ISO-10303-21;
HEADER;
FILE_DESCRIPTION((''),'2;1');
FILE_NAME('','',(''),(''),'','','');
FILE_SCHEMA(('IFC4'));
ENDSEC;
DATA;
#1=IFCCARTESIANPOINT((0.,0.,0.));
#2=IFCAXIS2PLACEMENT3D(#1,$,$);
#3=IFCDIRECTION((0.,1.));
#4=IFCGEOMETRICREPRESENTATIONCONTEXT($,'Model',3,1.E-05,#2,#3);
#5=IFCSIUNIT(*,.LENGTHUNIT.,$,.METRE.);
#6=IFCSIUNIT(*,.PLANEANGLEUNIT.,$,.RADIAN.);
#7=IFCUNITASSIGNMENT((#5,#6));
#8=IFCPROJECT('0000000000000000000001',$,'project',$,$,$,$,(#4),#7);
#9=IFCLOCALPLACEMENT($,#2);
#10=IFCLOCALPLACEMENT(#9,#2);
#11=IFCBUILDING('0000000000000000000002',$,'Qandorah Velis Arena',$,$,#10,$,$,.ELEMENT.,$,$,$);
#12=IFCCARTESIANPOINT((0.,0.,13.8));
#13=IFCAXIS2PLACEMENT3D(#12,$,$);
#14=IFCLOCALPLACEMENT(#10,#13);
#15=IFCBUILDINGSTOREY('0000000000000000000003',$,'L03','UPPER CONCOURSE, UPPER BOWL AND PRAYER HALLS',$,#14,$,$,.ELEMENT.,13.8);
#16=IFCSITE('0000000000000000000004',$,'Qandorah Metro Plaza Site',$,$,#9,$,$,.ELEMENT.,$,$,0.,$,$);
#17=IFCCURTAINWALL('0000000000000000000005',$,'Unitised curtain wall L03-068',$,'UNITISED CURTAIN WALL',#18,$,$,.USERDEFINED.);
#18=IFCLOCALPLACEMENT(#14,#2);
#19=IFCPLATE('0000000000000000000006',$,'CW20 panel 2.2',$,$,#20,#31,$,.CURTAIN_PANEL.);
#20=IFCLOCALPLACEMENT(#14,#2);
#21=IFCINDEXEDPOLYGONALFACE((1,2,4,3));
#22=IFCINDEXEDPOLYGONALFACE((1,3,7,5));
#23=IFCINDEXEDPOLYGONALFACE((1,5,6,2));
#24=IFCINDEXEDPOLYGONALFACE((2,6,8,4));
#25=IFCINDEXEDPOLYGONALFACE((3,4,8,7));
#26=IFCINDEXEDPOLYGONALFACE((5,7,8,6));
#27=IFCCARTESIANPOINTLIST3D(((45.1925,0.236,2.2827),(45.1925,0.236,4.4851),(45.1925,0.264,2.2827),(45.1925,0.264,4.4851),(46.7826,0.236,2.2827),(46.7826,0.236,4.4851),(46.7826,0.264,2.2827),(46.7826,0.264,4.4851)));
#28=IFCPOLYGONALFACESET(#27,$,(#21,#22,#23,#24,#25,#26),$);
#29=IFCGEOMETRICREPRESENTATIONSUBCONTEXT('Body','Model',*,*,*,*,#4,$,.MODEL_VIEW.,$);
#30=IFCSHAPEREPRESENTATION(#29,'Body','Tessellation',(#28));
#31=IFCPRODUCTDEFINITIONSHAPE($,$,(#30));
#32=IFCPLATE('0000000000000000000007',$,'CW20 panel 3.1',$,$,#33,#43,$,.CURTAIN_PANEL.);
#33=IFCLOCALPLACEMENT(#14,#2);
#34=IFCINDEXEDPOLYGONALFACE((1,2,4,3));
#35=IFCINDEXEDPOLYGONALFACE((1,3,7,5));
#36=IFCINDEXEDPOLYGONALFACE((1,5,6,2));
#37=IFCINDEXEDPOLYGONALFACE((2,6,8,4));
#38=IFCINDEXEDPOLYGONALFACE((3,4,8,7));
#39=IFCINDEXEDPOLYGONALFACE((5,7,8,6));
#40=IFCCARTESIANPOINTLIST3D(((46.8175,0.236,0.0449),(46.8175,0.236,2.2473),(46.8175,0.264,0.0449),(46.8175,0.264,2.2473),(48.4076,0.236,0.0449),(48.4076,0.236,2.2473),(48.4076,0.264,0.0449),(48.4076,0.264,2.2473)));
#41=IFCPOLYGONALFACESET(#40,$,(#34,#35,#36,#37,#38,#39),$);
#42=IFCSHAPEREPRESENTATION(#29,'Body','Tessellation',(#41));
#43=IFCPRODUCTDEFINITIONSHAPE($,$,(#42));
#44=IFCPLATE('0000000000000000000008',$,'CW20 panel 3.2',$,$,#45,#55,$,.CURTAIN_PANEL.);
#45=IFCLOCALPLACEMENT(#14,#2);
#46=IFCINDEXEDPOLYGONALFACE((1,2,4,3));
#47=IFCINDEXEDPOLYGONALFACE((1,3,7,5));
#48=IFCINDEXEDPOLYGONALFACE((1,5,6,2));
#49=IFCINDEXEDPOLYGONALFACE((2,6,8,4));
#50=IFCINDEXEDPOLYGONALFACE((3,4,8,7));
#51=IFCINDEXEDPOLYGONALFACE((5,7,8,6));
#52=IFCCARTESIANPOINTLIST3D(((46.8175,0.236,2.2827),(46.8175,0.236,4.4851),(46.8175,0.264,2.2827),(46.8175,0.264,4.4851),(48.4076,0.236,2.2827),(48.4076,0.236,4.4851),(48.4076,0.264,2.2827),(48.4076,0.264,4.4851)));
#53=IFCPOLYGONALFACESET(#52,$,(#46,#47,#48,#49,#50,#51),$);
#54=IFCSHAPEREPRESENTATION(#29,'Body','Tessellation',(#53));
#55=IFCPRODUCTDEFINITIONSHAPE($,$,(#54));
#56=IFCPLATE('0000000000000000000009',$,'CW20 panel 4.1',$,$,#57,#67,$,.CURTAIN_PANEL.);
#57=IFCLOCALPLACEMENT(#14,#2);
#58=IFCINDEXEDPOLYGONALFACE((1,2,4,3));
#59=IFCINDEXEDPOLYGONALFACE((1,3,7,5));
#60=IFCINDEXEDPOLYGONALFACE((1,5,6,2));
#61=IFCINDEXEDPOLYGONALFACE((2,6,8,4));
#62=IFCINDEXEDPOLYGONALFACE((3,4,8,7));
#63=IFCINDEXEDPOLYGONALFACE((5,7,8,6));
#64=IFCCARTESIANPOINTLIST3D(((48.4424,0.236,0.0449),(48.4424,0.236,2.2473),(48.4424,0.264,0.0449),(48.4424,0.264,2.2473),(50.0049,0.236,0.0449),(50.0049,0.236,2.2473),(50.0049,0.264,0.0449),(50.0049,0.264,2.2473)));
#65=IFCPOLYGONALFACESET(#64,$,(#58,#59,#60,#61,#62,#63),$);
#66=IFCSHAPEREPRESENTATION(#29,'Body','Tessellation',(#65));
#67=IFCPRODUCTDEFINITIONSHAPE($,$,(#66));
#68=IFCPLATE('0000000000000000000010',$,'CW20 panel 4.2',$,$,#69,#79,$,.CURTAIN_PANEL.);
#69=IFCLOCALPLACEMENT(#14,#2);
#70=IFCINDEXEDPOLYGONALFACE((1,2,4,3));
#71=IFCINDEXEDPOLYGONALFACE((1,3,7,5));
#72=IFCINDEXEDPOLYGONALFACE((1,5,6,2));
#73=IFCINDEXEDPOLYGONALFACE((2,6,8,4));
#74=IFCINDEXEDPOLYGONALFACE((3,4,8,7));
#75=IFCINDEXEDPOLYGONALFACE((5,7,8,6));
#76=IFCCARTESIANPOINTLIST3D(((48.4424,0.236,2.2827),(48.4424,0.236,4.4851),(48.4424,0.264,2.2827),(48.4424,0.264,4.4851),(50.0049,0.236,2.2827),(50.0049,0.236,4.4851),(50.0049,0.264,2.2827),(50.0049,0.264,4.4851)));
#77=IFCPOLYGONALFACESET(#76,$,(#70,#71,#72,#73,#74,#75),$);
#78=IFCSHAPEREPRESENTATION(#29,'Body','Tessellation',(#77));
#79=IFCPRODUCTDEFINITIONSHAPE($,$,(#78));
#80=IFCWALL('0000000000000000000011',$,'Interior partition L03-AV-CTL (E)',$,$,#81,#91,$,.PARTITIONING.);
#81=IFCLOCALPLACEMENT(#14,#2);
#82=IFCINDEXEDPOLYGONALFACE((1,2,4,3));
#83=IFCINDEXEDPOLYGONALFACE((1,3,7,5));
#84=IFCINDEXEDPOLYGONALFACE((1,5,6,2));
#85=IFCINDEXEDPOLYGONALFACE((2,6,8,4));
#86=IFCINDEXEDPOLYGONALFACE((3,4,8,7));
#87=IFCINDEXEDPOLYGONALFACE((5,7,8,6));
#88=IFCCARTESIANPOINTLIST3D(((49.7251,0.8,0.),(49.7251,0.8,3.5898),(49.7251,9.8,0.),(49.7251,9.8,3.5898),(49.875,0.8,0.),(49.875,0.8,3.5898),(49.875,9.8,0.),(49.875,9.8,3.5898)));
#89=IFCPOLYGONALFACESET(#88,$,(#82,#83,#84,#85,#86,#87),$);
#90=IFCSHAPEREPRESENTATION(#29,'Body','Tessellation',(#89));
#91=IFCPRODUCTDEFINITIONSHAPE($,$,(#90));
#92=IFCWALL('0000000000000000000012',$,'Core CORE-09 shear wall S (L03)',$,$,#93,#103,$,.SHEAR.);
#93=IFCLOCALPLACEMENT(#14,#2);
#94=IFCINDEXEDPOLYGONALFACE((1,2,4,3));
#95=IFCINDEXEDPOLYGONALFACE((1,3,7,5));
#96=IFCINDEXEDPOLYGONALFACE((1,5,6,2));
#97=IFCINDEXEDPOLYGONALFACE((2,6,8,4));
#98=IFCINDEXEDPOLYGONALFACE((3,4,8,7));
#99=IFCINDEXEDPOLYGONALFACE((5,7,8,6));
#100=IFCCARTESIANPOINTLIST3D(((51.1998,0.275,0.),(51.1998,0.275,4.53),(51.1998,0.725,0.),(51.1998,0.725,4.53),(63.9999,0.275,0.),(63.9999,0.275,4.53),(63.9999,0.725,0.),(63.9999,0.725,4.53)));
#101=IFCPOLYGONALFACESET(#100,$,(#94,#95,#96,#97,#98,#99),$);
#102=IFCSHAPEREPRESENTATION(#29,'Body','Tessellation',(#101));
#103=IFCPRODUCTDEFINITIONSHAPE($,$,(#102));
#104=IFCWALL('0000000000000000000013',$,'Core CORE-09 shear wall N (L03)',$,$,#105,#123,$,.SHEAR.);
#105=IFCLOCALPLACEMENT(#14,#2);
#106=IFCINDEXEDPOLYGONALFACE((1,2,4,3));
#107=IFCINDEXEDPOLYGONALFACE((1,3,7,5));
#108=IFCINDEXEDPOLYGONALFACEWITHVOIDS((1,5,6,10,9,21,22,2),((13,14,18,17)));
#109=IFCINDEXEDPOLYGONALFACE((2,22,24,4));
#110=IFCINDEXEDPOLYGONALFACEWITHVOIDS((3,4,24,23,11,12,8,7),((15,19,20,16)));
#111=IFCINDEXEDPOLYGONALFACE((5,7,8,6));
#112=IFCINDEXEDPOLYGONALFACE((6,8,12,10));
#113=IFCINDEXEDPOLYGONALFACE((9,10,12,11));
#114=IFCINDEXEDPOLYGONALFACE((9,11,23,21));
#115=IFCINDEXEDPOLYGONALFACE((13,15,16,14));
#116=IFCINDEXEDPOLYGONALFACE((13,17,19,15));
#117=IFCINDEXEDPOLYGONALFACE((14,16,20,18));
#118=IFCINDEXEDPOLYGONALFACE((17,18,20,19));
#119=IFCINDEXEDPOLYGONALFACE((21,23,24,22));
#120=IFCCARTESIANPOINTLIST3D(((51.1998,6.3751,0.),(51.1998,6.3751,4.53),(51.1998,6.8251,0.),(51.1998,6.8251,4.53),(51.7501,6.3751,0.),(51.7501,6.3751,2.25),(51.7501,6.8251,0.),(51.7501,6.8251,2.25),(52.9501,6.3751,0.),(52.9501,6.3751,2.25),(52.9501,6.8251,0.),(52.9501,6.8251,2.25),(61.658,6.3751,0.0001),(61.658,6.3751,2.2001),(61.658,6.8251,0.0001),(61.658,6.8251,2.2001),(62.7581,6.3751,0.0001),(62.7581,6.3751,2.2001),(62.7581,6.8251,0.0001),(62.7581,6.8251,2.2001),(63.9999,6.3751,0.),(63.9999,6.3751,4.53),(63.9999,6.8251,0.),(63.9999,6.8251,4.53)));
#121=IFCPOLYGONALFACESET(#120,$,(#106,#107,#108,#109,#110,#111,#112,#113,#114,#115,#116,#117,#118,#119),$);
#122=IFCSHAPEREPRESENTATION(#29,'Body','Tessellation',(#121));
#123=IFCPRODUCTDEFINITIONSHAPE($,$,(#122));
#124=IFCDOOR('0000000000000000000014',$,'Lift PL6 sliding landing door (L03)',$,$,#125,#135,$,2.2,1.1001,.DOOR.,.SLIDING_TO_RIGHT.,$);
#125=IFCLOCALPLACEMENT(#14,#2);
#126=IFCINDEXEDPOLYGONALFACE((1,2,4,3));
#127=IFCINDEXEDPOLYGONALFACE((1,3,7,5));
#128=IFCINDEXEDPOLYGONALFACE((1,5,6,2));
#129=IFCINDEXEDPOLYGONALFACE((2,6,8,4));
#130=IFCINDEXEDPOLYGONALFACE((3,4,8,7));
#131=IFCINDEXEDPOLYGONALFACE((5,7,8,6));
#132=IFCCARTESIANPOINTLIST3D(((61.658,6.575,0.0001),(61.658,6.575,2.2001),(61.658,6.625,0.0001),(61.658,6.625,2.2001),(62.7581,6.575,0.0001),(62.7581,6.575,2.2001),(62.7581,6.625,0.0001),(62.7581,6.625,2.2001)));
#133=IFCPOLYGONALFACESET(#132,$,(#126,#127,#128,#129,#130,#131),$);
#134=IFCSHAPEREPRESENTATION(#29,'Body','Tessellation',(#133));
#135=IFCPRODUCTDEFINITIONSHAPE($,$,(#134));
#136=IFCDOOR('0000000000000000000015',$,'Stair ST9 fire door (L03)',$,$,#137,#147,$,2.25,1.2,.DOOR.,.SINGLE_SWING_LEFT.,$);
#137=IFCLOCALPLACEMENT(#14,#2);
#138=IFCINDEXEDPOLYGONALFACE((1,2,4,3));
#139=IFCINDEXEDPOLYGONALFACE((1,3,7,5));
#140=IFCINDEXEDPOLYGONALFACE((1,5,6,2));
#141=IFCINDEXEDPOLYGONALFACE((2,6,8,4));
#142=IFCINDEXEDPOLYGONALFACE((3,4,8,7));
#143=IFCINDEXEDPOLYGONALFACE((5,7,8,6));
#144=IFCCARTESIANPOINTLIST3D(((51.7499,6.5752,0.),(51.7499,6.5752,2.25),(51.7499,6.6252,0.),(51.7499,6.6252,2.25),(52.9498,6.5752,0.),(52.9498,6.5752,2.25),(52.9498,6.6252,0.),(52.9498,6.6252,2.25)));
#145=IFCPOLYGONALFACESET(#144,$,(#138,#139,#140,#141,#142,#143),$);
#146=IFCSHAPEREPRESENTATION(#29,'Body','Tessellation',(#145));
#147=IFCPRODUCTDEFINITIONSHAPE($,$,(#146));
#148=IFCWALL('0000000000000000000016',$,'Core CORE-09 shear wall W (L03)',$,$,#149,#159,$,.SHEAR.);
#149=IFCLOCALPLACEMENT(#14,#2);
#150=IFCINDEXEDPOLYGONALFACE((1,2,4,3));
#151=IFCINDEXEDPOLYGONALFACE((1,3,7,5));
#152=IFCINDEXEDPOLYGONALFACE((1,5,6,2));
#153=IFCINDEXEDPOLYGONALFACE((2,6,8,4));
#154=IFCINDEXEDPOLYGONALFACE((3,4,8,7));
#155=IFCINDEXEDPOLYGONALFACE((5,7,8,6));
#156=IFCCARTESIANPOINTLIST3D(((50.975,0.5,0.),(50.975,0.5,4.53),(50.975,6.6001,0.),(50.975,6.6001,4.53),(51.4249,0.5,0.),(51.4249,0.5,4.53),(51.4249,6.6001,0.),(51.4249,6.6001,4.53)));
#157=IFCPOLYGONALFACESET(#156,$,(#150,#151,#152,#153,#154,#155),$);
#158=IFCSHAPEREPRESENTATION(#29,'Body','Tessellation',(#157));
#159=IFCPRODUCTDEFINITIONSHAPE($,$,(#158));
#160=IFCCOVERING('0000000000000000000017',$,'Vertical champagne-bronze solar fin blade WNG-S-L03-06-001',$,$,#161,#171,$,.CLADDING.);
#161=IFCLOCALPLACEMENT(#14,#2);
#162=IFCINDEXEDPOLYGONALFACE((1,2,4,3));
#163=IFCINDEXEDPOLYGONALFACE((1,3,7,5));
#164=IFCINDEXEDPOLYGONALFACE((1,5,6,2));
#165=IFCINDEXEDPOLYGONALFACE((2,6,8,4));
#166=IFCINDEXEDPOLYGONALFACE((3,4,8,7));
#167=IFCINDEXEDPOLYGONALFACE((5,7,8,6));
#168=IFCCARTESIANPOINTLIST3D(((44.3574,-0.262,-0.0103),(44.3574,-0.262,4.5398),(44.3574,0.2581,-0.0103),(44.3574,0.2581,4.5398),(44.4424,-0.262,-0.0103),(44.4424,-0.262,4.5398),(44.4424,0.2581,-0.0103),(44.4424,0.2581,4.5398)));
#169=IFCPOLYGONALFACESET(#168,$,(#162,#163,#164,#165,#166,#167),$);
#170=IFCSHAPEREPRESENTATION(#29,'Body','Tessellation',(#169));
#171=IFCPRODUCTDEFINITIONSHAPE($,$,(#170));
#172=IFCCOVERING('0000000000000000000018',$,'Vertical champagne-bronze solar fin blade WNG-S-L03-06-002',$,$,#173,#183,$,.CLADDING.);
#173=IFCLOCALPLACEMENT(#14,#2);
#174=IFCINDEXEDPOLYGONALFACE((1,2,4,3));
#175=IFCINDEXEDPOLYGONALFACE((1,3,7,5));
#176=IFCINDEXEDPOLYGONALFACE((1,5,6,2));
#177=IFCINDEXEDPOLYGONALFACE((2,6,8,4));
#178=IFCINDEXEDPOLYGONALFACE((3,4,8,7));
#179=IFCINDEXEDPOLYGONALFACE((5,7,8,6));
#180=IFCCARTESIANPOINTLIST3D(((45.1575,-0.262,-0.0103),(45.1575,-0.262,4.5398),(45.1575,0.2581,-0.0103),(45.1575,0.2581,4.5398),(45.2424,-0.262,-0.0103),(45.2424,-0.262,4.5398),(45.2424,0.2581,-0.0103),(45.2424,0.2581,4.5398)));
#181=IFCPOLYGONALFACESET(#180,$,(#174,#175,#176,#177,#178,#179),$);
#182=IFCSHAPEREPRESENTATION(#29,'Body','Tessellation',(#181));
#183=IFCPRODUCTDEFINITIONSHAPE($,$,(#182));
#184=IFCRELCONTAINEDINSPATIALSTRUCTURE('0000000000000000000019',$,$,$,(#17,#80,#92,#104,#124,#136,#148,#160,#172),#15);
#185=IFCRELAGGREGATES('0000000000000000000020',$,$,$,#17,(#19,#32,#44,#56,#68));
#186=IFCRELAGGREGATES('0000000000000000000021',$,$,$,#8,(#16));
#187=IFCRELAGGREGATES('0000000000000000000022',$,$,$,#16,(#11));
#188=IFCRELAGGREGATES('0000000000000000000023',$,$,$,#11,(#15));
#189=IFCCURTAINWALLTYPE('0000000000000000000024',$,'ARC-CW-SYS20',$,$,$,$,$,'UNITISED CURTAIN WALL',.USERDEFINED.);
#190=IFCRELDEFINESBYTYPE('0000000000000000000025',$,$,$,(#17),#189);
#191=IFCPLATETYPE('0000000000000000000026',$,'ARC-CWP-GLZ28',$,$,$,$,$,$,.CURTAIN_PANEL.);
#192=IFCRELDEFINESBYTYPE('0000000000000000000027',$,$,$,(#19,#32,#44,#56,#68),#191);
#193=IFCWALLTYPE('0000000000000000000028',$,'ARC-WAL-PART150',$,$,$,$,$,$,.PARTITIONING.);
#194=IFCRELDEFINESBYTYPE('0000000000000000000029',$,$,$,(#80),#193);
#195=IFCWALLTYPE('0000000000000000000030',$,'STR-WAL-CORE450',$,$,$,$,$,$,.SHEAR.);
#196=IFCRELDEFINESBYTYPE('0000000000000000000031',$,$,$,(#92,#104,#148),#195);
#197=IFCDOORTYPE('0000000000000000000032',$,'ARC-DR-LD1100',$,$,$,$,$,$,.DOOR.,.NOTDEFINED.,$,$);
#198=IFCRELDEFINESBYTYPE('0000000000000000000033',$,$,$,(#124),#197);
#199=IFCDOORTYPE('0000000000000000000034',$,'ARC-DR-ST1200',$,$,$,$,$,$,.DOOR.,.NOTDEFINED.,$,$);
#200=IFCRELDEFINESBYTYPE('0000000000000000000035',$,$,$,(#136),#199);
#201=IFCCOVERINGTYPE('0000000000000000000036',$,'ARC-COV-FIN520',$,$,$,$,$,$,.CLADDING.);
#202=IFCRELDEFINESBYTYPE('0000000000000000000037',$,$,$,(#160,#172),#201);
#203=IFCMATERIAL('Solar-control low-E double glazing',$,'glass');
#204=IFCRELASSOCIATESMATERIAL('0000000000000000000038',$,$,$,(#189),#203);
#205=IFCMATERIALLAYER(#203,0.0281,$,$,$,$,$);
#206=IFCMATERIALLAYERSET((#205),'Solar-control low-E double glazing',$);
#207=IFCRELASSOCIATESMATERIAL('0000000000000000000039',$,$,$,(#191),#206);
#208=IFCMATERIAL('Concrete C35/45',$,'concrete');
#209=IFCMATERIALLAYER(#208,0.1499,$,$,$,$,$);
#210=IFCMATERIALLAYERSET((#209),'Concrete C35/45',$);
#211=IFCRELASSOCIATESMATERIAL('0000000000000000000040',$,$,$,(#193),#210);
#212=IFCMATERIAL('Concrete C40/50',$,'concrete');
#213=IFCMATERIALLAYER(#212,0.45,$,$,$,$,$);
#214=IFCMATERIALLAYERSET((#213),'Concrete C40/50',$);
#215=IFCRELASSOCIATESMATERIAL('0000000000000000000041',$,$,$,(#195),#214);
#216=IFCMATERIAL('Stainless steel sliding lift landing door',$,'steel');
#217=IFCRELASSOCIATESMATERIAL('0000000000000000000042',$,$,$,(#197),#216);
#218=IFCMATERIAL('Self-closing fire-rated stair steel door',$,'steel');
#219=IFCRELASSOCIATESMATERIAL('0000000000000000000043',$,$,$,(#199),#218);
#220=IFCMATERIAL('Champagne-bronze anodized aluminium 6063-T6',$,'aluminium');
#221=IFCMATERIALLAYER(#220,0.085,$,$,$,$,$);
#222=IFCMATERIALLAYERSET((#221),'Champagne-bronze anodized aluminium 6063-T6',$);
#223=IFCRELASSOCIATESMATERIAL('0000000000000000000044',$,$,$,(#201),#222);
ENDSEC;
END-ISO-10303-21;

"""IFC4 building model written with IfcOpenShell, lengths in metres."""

from ifc_helpers import new_model, si_unit, direction, frame, frame_2d, origin, origin_2d, place, context, subcontext, project, spatial, rectangle, extrude, material, layer, layer_set, type_object, element, fill, aggregate, save


model = new_model("IFC4")

# Units and contexts
model_context = context("Model", 3, precision=1e-05, world=origin(), true_north=direction((0.0, 1.0)))
body_context = subcontext(model_context, "Body", "Model", "MODEL_VIEW")
ifc_project = project(units=[si_unit("LENGTHUNIT", "METRE"), si_unit("PLANEANGLEUNIT", "RADIAN")], contexts=[model_context])

# Site, building, storey
site_placement = place(None, origin())
site = spatial("IfcSite", under=ifc_project, at=site_placement, Name="Qandorah Metro Plaza Site", CompositionType="ELEMENT", RefElevation=0.0)
building_placement = place(site_placement, origin())
building = spatial("IfcBuilding", under=site, at=building_placement, Name="Qandorah Velis Arena", CompositionType="ELEMENT")
storey_placement = place(building_placement, frame((0.0, 0.0, 13.8)))
storey = spatial("IfcBuildingStorey", under=building, at=storey_placement, Name="L03", Description="UPPER CONCOURSE, UPPER BOWL AND PRAYER HALLS", CompositionType="ELEMENT", Elevation=13.8)

# Shared definitions
ifc_material_1 = material(Name="Concrete C40/50", Category="concrete")

# Curtain wall
ifc_material_2 = material(Name="Solar-control low-E double glazing", Category="glass")
curtain_wall_type = type_object("IfcCurtainWallType", Name="ARC-CW-SYS20", ElementType="UNITISED CURTAIN WALL", PredefinedType="USERDEFINED", material=ifc_material_2)
curtain_wall_placement = place(storey_placement, origin())
curtain_wall = element("IfcCurtainWall", 1, at=curtain_wall_placement, inside=storey, type_object=curtain_wall_type, Name="Unitised curtain wall L03-068", ObjectType="UNITISED CURTAIN WALL", PredefinedType="USERDEFINED")
ifc_material_3 = material(Name="Champagne-bronze anodized aluminium 6063-T6", Category="aluminium")

# Plates
ifc_layer_1 = layer(ifc_material_2, 0.0281)
ifc_layer_set_1 = layer_set([ifc_layer_1], Name="Solar-control low-E double glazing")
plate_type = type_object("IfcPlateType", Name="ARC-CWP-GLZ28", PredefinedType="CURTAIN_PANEL", material=ifc_layer_set_1)
plate_1_placement = place(storey_placement, frame((45.9875, 0.25, 2.2827), z_axis=(0.0, 0.0, 1.0), x_axis=(1.0, 0.0, 0.0)))
plate_1 = element("IfcPlate", 2, at=plate_1_placement, type_object=plate_type, Name="CW20 panel 2.2", PredefinedType="CURTAIN_PANEL", context=body_context, shape_type="SweptSolid", body=[
    extrude(rectangle(XDim=1.5901, YDim=0.0281, at=origin_2d()), origin(), (0.0, 0.0, 1.0), 2.2024),
])
plate_2_placement = place(storey_placement, frame((47.6125, 0.25, 0.0449), z_axis=(0.0, 0.0, 1.0), x_axis=(1.0, 0.0, 0.0)))
plate_2 = element("IfcPlate", 3, at=plate_2_placement, type_object=plate_type, Name="CW20 panel 3.1", PredefinedType="CURTAIN_PANEL", context=body_context, shape_type="SweptSolid", body=[
    extrude(rectangle(XDim=1.5901, YDim=0.0281, at=origin_2d()), origin(), (0.0, 0.0, 1.0), 2.2024),
])
plate_3_placement = place(storey_placement, frame((47.6125, 0.25, 2.2827), z_axis=(0.0, 0.0, 1.0), x_axis=(1.0, 0.0, 0.0)))
plate_3 = element("IfcPlate", 4, at=plate_3_placement, type_object=plate_type, Name="CW20 panel 3.2", PredefinedType="CURTAIN_PANEL", context=body_context, shape_type="SweptSolid", body=[
    extrude(rectangle(XDim=1.5901, YDim=0.0281, at=origin_2d()), origin(), (0.0, 0.0, 1.0), 2.2024),
])
plate_4_placement = place(storey_placement, frame((49.2236, 0.25, 0.0449), z_axis=(0.0, 0.0, 1.0), x_axis=(1.0, 0.0, 0.0)))
plate_4 = element("IfcPlate", 5, at=plate_4_placement, type_object=plate_type, Name="CW20 panel 4.1", PredefinedType="CURTAIN_PANEL", context=body_context, shape_type="SweptSolid", body=[
    extrude(rectangle(XDim=1.5625, YDim=0.0281, at=origin_2d()), origin(), (0.0, 0.0, 1.0), 2.2024),
])
plate_5_placement = place(storey_placement, frame((49.2236, 0.25, 2.2827), z_axis=(0.0, 0.0, 1.0), x_axis=(1.0, 0.0, 0.0)))
plate_5 = element("IfcPlate", 6, at=plate_5_placement, type_object=plate_type, Name="CW20 panel 4.2", PredefinedType="CURTAIN_PANEL", context=body_context, shape_type="SweptSolid", body=[
    extrude(rectangle(XDim=1.5625, YDim=0.0281, at=origin_2d()), origin(), (0.0, 0.0, 1.0), 2.2024),
])
aggregate(curtain_wall, [plate_1, plate_2, plate_3, plate_4, plate_5])

# Walls
ifc_material_4 = material(Name="Concrete C35/45", Category="concrete")
ifc_layer_2 = layer(ifc_material_4, 0.1499)
ifc_layer_set_2 = layer_set([ifc_layer_2], Name="Concrete C35/45")
wall_type_1 = type_object("IfcWallType", Name="ARC-WAL-PART150", PredefinedType="PARTITIONING", material=ifc_layer_set_2)
wall_1_placement = place(storey_placement, frame((49.8, 0.8, 0.0), z_axis=(0.0, 0.0, 1.0), x_axis=(0.0, 1.0, 0.0)))
element("IfcWall", 7, at=wall_1_placement, inside=storey, type_object=wall_type_1, Name="Interior partition L03-AV-CTL (E)", PredefinedType="PARTITIONING", context=body_context, shape_type="SweptSolid", body=[
    extrude(rectangle(XDim=9.0, YDim=0.1499, at=frame_2d((4.5, 0.0))), origin(), (0.0, 0.0, 1.0), 3.5898),
])
ifc_layer_3 = layer(ifc_material_1, 0.45)
ifc_layer_set_3 = layer_set([ifc_layer_3], Name="Concrete C40/50")
wall_type_2 = type_object("IfcWallType", Name="STR-WAL-CORE450", PredefinedType="SHEAR", material=ifc_layer_set_3)
wall_2_placement = place(storey_placement, frame((51.2, 0.5, 0.0), z_axis=(0.0, 0.0, 1.0), x_axis=(1.0, 0.0, 0.0)))
element("IfcWall", 8, at=wall_2_placement, inside=storey, type_object=wall_type_2, Name="Core CORE-09 shear wall S (L03)", PredefinedType="SHEAR", context=body_context, shape_type="SweptSolid", body=[
    extrude(rectangle(XDim=12.8, YDim=0.45, at=frame_2d((6.3999, 0.0))), origin(), (0.0, 0.0, 1.0), 4.53),
])

# Wall, openings, doors
wall_3_placement = place(storey_placement, frame((51.2, 6.6001, 0.0), z_axis=(0.0, 0.0, 1.0), x_axis=(1.0, 0.0, 0.0)))
wall_3 = element("IfcWall", 9, at=wall_3_placement, inside=storey, type_object=wall_type_2, Name="Core CORE-09 shear wall N (L03)", PredefinedType="SHEAR", context=body_context, shape_type="SweptSolid", body=[
    extrude(rectangle(XDim=12.8, YDim=0.45, at=frame_2d((6.3999, 0.0))), origin(), (0.0, 0.0, 1.0), 4.53),
])
opening_1_placement = place(wall_3_placement, frame((0.55, 0.0, 0.0)))
opening_1 = element("IfcOpeningElement", 10, at=opening_1_placement, cuts=wall_3, PredefinedType="OPENING", context=body_context, shape_type="SweptSolid", body=[
    extrude(rectangle(XDim=1.2, YDim=2.25, at=frame_2d((0.6001, 1.125))), frame((0.0, 0.2349, 0.0), z_axis=(0.0, -1.0, 0.0), x_axis=(1.0, 0.0, 0.0)), (0.0, 0.0, 1.0), 0.47),
])
opening_2_placement = place(wall_3_placement, frame((10.458, 0.0, 0.0)))
opening_2 = element("IfcOpeningElement", 11, at=opening_2_placement, cuts=wall_3, PredefinedType="OPENING", context=body_context, shape_type="SweptSolid", body=[
    extrude(rectangle(XDim=1.1001, YDim=2.2, at=frame_2d((0.55, 1.1001))), frame((0.0, 0.2349, 0.0), z_axis=(0.0, -1.0, 0.0), x_axis=(1.0, 0.0, 0.0)), (0.0, 0.0, 1.0), 0.47),
])
ifc_material_5 = material(Name="Stainless steel sliding lift landing door", Category="steel")
door_type_1 = type_object("IfcDoorType", Name="ARC-DR-LD1100", OperationType="NOTDEFINED", PredefinedType="DOOR", material=ifc_material_5)
door_1_placement = place(opening_2_placement, origin())
door_1 = element("IfcDoor", 12, at=door_1_placement, inside=storey, type_object=door_type_1, Name="Lift PL6 sliding landing door (L03)", OperationType="SLIDING_TO_RIGHT", OverallHeight=2.2, OverallWidth=1.1001, PredefinedType="DOOR", context=body_context, shape_type="SweptSolid", body=[
    extrude(rectangle(XDim=1.1001, YDim=2.2, at=frame_2d((0.55, 1.1001))), frame((0.0, 0.0249, 0.0), z_axis=(0.0, -1.0, 0.0), x_axis=(1.0, 0.0, 0.0)), (0.0, 0.0, 1.0), 0.05),
])
fill(opening_2, door_1)
ifc_material_6 = material(Name="Self-closing fire-rated stair steel door", Category="steel")
door_type_2 = type_object("IfcDoorType", Name="ARC-DR-ST1200", OperationType="NOTDEFINED", PredefinedType="DOOR", material=ifc_material_6)
door_2_placement = place(opening_1_placement, frame((1.2, 0.0, 0.0), z_axis=(0.0, 0.0, 1.0), x_axis=(-1.0, 0.0, 0.0)))
door_2 = element("IfcDoor", 13, at=door_2_placement, inside=storey, type_object=door_type_2, Name="Stair ST9 fire door (L03)", OperationType="SINGLE_SWING_LEFT", OverallHeight=2.25, OverallWidth=1.2, PredefinedType="DOOR", context=body_context, shape_type="SweptSolid", body=[
    extrude(rectangle(XDim=1.2, YDim=2.25, at=frame_2d((0.6001, 1.125))), frame((0.0, 0.0249, 0.0), z_axis=(0.0, -1.0, 0.0), x_axis=(1.0, 0.0, 0.0)), (0.0, 0.0, 1.0), 0.05),
])
fill(opening_1, door_2)

# Wall
wall_4_placement = place(storey_placement, frame((51.2, 0.5, 0.0), z_axis=(0.0, 0.0, 1.0), x_axis=(0.0, 1.0, 0.0)))
element("IfcWall", 14, at=wall_4_placement, inside=storey, type_object=wall_type_2, Name="Core CORE-09 shear wall W (L03)", PredefinedType="SHEAR", context=body_context, shape_type="SweptSolid", body=[
    extrude(rectangle(XDim=6.1001, YDim=0.45, at=frame_2d((3.05, 0.0))), origin(), (0.0, 0.0, 1.0), 4.53),
])

# Coverings
ifc_layer_4 = layer(ifc_material_3, 0.085)
ifc_layer_set_4 = layer_set([ifc_layer_4], Name="Champagne-bronze anodized aluminium 6063-T6")
covering_type = type_object("IfcCoveringType", Name="ARC-COV-FIN520", PredefinedType="CLADDING", material=ifc_layer_set_4)
for number, where, z_axis, x_axis, name in (
    (15, (44.3999, -0.002, -0.0103), (0.0, 0.0, 1.0), (1.0, 0.0, 0.0), "Vertical champagne-bronze solar fin blade WNG-S-L03-06-001"),
    (16, (45.2, -0.002, -0.0103), (0.0, 0.0, 1.0), (1.0, 0.0, 0.0), "Vertical champagne-bronze solar fin blade WNG-S-L03-06-002"),
):
    element("IfcCovering", number, at=place(storey_placement, frame(where, z_axis=z_axis, x_axis=x_axis)), inside=storey, type_object=covering_type, Name=name, PredefinedType="CLADDING", context=body_context, shape_type="SweptSolid", body=[
        extrude(rectangle(XDim=0.085, YDim=0.52, at=origin_2d()), origin(), (0.0, 0.0, 1.0), 4.55),
    ])

save(model, "model.ifc")
